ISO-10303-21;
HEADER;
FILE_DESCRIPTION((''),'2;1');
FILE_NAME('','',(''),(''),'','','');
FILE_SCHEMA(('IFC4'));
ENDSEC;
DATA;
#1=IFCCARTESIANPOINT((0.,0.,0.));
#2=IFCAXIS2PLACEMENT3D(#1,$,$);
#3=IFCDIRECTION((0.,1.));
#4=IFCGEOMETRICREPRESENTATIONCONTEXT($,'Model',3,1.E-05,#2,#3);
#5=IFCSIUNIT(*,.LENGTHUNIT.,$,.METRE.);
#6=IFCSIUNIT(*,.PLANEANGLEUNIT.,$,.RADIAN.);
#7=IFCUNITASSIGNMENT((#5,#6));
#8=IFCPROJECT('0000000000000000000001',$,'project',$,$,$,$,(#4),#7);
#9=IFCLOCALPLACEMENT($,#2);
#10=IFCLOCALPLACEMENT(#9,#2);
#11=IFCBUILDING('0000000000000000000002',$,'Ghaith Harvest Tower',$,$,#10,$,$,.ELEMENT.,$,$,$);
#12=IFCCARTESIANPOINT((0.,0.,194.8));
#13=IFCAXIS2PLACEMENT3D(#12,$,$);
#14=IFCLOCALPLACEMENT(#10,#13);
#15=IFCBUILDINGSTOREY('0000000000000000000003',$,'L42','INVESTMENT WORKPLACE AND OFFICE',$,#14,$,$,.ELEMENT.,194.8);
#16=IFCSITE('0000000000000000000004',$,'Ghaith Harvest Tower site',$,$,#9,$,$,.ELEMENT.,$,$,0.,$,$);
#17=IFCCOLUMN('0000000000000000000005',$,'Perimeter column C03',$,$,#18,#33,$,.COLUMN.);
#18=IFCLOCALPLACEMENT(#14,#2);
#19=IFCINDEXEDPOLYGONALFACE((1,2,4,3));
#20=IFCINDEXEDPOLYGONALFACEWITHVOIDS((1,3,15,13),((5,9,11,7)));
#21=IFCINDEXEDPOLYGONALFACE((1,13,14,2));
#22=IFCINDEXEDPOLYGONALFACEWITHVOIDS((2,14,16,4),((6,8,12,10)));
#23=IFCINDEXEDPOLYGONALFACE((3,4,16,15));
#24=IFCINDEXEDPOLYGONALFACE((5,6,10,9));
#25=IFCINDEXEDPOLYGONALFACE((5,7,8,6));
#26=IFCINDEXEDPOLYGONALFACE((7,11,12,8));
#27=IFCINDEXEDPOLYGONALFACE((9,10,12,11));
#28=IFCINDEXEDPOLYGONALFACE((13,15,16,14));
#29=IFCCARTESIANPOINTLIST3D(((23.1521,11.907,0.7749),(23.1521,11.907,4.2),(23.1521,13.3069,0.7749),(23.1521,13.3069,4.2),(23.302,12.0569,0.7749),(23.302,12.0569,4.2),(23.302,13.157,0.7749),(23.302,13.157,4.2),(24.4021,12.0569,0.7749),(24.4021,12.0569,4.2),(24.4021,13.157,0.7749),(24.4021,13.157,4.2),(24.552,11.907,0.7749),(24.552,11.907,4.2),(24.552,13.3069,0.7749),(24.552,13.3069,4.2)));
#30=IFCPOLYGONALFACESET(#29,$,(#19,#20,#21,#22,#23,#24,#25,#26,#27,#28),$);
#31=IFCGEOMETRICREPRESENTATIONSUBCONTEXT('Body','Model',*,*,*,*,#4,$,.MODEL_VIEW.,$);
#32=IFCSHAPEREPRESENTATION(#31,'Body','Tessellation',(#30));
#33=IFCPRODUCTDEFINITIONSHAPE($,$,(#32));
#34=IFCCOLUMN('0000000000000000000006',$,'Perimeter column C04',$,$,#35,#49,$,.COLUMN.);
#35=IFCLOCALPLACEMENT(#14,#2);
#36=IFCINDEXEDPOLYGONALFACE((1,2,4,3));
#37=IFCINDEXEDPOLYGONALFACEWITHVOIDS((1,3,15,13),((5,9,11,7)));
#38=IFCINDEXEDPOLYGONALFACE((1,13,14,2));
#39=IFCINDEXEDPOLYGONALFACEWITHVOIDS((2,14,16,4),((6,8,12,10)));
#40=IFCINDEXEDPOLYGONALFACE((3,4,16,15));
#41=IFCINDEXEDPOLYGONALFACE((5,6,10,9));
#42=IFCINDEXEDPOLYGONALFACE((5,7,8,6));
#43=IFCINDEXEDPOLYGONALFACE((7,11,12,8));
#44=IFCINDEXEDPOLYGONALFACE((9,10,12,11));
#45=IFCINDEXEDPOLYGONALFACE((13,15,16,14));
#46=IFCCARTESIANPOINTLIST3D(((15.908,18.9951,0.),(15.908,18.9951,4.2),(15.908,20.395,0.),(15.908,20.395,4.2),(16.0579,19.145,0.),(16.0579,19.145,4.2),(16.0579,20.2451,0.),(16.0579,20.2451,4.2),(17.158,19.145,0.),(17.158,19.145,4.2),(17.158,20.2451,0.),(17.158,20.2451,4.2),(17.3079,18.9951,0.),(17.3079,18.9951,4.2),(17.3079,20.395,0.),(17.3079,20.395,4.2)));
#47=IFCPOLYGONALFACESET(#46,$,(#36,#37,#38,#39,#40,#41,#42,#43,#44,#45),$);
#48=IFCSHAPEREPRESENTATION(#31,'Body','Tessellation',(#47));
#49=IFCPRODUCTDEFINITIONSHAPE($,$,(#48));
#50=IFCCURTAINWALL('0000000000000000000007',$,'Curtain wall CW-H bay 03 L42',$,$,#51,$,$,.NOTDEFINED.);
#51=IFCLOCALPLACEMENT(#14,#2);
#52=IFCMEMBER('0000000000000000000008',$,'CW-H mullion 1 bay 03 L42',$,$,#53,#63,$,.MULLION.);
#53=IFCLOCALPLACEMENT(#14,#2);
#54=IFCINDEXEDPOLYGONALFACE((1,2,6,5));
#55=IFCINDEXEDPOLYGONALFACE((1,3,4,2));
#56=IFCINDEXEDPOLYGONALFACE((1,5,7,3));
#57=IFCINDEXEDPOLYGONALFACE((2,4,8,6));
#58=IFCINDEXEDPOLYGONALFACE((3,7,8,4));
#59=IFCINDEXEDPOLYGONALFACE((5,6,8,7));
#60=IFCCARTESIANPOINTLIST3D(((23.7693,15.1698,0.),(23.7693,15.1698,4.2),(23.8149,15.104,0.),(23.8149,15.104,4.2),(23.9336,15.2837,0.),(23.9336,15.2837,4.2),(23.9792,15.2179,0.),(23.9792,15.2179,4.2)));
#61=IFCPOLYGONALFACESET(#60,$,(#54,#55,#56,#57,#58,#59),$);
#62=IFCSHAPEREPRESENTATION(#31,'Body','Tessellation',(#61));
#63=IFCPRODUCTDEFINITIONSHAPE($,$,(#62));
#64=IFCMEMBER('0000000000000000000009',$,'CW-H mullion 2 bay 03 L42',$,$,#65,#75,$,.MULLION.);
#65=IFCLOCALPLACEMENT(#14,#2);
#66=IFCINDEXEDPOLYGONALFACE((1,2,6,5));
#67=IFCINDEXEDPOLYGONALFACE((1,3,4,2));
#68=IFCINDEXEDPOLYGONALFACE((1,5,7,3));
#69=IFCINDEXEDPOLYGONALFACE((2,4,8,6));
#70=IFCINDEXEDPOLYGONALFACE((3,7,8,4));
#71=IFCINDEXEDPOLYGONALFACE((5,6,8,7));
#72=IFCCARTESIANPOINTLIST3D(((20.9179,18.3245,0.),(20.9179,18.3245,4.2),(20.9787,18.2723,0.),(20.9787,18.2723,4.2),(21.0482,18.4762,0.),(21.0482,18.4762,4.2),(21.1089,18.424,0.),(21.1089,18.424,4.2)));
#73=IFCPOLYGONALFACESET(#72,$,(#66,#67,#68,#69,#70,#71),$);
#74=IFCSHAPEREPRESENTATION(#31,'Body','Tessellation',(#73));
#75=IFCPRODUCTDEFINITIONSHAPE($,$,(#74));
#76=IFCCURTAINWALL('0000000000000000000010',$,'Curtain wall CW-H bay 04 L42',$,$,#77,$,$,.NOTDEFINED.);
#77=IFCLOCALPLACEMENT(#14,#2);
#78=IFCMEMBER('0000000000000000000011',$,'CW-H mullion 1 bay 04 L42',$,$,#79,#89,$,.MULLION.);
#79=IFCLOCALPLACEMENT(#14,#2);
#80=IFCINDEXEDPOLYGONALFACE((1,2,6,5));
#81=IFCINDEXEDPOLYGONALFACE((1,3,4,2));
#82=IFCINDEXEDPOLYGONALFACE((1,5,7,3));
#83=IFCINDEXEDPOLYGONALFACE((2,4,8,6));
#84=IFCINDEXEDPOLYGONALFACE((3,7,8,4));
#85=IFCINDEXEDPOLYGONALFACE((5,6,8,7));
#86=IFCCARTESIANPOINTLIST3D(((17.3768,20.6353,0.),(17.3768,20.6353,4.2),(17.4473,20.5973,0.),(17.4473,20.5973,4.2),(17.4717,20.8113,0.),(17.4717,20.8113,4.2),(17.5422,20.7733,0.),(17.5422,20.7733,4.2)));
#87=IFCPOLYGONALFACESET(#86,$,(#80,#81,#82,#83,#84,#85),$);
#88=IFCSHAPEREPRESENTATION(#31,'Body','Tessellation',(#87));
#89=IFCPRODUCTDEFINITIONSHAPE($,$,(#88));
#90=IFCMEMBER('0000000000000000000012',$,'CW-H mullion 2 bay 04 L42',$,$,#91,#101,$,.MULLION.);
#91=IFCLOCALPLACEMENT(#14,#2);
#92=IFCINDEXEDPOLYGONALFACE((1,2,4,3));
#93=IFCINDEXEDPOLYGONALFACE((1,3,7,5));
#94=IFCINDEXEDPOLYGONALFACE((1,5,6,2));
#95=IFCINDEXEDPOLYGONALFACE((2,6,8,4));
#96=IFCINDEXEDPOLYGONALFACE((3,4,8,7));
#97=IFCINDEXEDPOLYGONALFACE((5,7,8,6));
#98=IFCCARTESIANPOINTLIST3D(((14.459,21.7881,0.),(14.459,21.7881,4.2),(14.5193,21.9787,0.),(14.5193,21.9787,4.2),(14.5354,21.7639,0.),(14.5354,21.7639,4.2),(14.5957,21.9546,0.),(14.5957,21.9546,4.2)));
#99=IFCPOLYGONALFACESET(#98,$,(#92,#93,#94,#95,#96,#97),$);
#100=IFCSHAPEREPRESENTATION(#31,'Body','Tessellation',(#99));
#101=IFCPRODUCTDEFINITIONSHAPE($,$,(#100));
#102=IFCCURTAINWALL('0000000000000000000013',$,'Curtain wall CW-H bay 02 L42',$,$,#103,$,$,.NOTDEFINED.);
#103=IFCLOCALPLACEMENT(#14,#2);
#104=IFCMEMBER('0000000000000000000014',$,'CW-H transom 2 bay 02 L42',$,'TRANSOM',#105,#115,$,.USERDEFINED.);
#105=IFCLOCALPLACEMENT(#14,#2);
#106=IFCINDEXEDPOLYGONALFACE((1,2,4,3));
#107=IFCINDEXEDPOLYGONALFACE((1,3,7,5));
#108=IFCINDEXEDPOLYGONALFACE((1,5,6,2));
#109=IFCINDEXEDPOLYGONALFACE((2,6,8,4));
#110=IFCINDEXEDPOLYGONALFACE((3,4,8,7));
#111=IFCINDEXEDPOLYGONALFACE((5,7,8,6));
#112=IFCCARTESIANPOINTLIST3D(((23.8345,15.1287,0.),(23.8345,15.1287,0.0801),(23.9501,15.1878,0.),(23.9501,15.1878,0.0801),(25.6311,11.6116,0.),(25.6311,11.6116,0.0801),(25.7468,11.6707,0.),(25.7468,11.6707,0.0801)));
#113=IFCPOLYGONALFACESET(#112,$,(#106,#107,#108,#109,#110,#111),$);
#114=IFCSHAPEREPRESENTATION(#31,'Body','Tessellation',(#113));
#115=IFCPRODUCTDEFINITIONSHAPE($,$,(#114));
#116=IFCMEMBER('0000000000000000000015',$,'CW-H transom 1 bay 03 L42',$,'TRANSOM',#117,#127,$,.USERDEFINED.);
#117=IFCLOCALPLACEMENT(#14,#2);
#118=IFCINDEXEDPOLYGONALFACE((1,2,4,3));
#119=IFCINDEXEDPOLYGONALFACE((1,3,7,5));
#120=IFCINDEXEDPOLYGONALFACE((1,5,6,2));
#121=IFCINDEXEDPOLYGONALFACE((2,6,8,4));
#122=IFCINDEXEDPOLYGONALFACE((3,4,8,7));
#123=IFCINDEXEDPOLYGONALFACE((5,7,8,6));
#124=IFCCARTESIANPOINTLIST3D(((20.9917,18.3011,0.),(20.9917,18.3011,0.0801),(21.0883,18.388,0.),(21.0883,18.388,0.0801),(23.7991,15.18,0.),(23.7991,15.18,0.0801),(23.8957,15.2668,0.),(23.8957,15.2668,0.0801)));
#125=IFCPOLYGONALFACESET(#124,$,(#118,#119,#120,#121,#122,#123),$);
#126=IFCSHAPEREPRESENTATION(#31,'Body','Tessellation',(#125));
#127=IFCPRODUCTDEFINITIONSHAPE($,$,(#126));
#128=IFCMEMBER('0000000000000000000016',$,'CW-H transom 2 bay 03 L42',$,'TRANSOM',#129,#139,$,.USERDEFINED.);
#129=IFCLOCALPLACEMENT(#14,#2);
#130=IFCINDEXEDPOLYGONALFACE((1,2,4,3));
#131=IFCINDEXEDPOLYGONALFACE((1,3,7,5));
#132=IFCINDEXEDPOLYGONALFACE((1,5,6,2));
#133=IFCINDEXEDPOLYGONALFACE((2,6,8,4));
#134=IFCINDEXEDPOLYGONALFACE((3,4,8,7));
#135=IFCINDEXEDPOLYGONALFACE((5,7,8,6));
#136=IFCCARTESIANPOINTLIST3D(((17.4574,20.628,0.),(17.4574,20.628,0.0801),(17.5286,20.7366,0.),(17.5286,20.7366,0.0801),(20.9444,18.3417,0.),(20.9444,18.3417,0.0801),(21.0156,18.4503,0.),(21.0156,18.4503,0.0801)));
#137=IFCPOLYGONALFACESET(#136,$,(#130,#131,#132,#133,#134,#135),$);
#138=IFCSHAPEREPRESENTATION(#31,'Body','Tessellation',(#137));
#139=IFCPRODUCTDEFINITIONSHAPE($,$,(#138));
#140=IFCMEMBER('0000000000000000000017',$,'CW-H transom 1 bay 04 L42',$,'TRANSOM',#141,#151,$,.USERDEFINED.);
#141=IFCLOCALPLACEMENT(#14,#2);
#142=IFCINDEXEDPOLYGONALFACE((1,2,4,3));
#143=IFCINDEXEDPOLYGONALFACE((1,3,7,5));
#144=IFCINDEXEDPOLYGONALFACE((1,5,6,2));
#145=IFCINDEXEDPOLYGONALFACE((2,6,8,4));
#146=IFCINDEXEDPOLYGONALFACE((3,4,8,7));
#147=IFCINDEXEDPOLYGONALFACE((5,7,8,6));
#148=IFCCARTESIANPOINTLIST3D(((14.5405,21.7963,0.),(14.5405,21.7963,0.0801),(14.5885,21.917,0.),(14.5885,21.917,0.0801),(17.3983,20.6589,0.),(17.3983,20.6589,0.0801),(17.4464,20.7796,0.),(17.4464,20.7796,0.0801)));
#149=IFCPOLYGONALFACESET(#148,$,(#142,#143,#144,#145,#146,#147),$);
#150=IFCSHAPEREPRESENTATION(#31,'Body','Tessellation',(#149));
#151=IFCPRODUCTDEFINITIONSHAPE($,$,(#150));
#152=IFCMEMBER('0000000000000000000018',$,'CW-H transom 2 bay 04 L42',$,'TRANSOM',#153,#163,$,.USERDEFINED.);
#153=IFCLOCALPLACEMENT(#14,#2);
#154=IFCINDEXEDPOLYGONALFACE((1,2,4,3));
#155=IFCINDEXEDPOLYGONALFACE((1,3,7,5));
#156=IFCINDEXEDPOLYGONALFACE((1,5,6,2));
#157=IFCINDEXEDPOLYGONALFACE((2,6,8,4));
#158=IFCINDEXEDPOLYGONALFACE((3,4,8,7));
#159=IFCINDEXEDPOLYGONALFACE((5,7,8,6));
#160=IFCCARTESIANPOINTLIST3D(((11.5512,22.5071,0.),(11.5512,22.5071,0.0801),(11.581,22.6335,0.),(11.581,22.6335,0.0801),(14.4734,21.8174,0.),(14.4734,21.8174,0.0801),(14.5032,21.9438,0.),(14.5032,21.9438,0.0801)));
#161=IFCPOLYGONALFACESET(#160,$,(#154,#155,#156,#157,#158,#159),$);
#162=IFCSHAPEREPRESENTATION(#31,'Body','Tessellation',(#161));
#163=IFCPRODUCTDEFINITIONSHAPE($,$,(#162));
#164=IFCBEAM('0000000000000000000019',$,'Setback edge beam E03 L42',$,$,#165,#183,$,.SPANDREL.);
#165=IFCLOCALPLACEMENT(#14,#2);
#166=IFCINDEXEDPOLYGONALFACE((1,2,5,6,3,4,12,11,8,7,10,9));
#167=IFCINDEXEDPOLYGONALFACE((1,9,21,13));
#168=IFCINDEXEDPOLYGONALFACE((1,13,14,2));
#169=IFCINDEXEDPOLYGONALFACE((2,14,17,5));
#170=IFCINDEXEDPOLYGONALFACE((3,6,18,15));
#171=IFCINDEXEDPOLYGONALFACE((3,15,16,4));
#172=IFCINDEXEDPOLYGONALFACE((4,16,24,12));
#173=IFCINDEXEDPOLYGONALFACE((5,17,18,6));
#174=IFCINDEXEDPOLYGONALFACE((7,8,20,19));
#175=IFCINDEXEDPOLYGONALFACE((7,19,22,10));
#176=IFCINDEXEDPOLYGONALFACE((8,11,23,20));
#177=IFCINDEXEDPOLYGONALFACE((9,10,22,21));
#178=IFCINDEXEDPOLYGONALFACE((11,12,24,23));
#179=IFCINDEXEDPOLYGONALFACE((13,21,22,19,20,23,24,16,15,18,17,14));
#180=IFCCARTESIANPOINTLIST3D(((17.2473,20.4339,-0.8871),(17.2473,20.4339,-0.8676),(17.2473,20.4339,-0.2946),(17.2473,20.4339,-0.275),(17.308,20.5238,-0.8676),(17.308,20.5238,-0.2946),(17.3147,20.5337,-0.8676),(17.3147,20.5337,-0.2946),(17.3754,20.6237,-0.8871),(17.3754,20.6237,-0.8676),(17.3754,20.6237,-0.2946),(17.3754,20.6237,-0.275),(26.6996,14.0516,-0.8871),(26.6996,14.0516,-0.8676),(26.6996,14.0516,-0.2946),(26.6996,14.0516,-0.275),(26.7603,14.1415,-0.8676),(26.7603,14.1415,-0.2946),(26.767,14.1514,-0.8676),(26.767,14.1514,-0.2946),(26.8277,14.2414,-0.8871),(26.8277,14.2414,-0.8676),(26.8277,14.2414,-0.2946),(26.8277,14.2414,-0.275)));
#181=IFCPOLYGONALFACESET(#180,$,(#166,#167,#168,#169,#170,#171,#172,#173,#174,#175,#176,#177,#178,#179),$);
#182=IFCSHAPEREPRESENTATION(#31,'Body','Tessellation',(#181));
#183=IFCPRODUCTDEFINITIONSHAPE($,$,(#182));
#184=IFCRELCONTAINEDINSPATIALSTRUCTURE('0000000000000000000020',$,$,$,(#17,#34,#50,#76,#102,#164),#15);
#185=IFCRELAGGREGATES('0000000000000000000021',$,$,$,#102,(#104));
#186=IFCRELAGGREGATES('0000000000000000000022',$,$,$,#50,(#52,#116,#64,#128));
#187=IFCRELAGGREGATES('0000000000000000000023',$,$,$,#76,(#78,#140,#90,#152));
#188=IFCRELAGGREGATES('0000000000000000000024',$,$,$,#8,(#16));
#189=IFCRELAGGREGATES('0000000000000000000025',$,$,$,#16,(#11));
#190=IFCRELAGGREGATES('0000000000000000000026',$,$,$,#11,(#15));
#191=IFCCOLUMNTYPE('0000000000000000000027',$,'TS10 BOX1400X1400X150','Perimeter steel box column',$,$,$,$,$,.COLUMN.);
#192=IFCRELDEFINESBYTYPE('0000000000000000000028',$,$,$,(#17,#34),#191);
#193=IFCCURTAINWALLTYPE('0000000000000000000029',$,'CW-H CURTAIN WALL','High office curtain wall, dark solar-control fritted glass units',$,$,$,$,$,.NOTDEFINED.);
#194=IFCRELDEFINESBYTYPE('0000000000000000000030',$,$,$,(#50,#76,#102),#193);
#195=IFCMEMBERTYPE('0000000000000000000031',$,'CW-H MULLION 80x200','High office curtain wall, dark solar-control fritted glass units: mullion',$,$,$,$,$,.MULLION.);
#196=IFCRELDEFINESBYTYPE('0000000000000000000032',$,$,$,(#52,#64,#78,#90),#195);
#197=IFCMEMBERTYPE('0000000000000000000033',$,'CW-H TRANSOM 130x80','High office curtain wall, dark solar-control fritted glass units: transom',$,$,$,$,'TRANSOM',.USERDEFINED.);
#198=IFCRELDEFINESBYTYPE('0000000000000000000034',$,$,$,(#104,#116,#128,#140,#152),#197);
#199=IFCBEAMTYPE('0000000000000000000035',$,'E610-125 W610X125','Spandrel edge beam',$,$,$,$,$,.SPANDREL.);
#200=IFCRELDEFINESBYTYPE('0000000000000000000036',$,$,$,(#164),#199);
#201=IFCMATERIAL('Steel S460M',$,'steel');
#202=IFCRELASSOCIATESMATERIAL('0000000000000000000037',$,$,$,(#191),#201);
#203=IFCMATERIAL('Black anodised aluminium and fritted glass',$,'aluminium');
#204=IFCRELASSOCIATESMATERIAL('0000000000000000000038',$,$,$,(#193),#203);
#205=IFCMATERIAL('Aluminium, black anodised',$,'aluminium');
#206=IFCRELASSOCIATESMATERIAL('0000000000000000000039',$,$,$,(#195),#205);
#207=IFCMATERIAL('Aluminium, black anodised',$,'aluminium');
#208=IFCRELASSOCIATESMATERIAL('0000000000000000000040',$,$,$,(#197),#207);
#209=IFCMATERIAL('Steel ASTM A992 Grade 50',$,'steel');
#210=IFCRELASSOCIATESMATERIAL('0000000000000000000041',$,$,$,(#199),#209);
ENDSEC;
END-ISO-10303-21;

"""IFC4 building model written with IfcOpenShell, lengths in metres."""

from ifc_helpers import new_model, si_unit, direction, frame, origin, origin_2d, place, context, subcontext, project, spatial, rectangle, hollow_rectangle, i_section, extrude, material, material_profile, profile_set, type_object, element, aggregate, save


model = new_model("IFC4")

# Units and contexts
model_context = context("Model", 3, precision=1e-05, world=origin(), true_north=direction((0.0, 1.0)))
body_context = subcontext(model_context, "Body", "Model", "MODEL_VIEW")
ifc_project = project(units=[si_unit("LENGTHUNIT", "METRE"), si_unit("PLANEANGLEUNIT", "RADIAN")], contexts=[model_context])

# Site, building, storey
site_placement = place(None, origin())
site = spatial("IfcSite", under=ifc_project, at=site_placement, Name="Ghaith Harvest Tower site", CompositionType="ELEMENT", RefElevation=0.0)
building_placement = place(site_placement, origin())
building = spatial("IfcBuilding", under=site, at=building_placement, Name="Ghaith Harvest Tower", CompositionType="ELEMENT")
storey_placement = place(building_placement, frame((0.0, 0.0, 194.8)))
storey = spatial("IfcBuildingStorey", under=building, at=storey_placement, Name="L42", Description="INVESTMENT WORKPLACE AND OFFICE", CompositionType="ELEMENT", Elevation=194.8)

# Columns
ifc_material_1 = material(Name="Steel S460M", Category="steel")
ifc_material_profile_1 = material_profile(ifc_material_1, hollow_rectangle(XDim=1.3999, YDim=1.3999, WallThickness=0.1499, at=origin_2d()), Name="BOX1400X1400X150")
ifc_profile_set_1 = profile_set([ifc_material_profile_1], Name="Steel S460M")
column_type = type_object("IfcColumnType", Name="TS10 BOX1400X1400X150", Description="Perimeter steel box column", PredefinedType="COLUMN", material=ifc_profile_set_1)
column_1_placement = place(storey_placement, frame((23.8521, 12.6069, 0.7749), z_axis=(0.0, 0.0, 1.0), x_axis=(1.0, 0.0, 0.0)))
element("IfcColumn", 1, at=column_1_placement, inside=storey, type_object=column_type, Name="Perimeter column C03", PredefinedType="COLUMN", context=body_context, shape_type="SweptSolid", body=[
    extrude(hollow_rectangle(XDim=1.3999, YDim=1.3999, WallThickness=0.1499, at=origin_2d()), origin(), (0.0, 0.0, 1.0), 3.425),
])
column_2_placement = place(storey_placement, frame((16.6079, 19.6951, 0.0), z_axis=(0.0, 0.0, 1.0), x_axis=(1.0, 0.0, 0.0)))
element("IfcColumn", 2, at=column_2_placement, inside=storey, type_object=column_type, Name="Perimeter column C04", PredefinedType="COLUMN", context=body_context, shape_type="SweptSolid", body=[
    extrude(hollow_rectangle(XDim=1.3999, YDim=1.3999, WallThickness=0.1499, at=origin_2d()), origin(), (0.0, 0.0, 1.0), 4.2),
])

# Curtain walls, members
ifc_material_2 = material(Name="Black anodised aluminium and fritted glass", Category="aluminium")
curtain_wall_type = type_object("IfcCurtainWallType", Name="CW-H CURTAIN WALL", Description="High office curtain wall, dark solar-control fritted glass units", PredefinedType="NOTDEFINED", material=ifc_material_2)
curtain_wall_1_placement = place(storey_placement, origin())
curtain_wall_1 = element("IfcCurtainWall", 3, at=curtain_wall_1_placement, inside=storey, type_object=curtain_wall_type, Name="Curtain wall CW-H bay 03 L42", PredefinedType="NOTDEFINED")
ifc_material_3 = material(Name="Aluminium, black anodised", Category="aluminium")
ifc_material_profile_2 = material_profile(ifc_material_3, rectangle(XDim=0.0801, YDim=0.2, at=origin_2d()), Name="CW-H MULLION 80x200")
ifc_profile_set_2 = profile_set([ifc_material_profile_2], Name="Aluminium, black anodised")
member_type_1 = type_object("IfcMemberType", Name="CW-H MULLION 80x200", Description="High office curtain wall, dark solar-control fritted glass units: mullion", PredefinedType="MULLION", material=ifc_profile_set_2)
member_1_placement = place(storey_placement, frame((23.8743, 15.1938, 0.0), z_axis=(0.0, 0.0, 1.0), x_axis=(-0.569847, 0.821751, 0.0)))
member_1 = element("IfcMember", 4, at=member_1_placement, type_object=member_type_1, Name="CW-H mullion 1 bay 03 L42", PredefinedType="MULLION", context=body_context, shape_type="SweptSolid", body=[
    extrude(rectangle(XDim=0.0801, YDim=0.2, at=origin_2d()), origin(), (0.0, 0.0, 1.0), 4.2),
])
member_2_placement = place(storey_placement, frame((21.0134, 18.3743, 0.0), z_axis=(0.0, 0.0, 1.0), x_axis=(-0.758541, 0.651625, 0.0)))
member_2 = element("IfcMember", 5, at=member_2_placement, type_object=member_type_1, Name="CW-H mullion 2 bay 03 L42", PredefinedType="MULLION", context=body_context, shape_type="SweptSolid", body=[
    extrude(rectangle(XDim=0.0801, YDim=0.2, at=origin_2d()), origin(), (0.0, 0.0, 1.0), 4.2),
])
curtain_wall_2_placement = place(storey_placement, origin())
curtain_wall_2 = element("IfcCurtainWall", 6, at=curtain_wall_2_placement, inside=storey, type_object=curtain_wall_type, Name="Curtain wall CW-H bay 04 L42", PredefinedType="NOTDEFINED")
member_3_placement = place(storey_placement, frame((17.4595, 20.7043, 0.0), z_axis=(0.0, 0.0, 1.0), x_axis=(-0.880203, 0.474597, 0.0)))
member_3 = element("IfcMember", 7, at=member_3_placement, type_object=member_type_1, Name="CW-H mullion 1 bay 04 L42", PredefinedType="MULLION", context=body_context, shape_type="SweptSolid", body=[
    extrude(rectangle(XDim=0.0801, YDim=0.2, at=origin_2d()), origin(), (0.0, 0.0, 1.0), 4.2),
])
member_4_placement = place(storey_placement, frame((14.5273, 21.8713, 0.0), z_axis=(0.0, 0.0, 1.0), x_axis=(-0.953503, 0.301384, 0.0)))
member_4 = element("IfcMember", 8, at=member_4_placement, type_object=member_type_1, Name="CW-H mullion 2 bay 04 L42", PredefinedType="MULLION", context=body_context, shape_type="SweptSolid", body=[
    extrude(rectangle(XDim=0.0801, YDim=0.2, at=origin_2d()), origin(), (0.0, 0.0, 1.0), 4.2),
])

# Curtain wall, member
curtain_wall_3_placement = place(storey_placement, origin())
curtain_wall_3 = element("IfcCurtainWall", 9, at=curtain_wall_3_placement, inside=storey, type_object=curtain_wall_type, Name="Curtain wall CW-H bay 02 L42", PredefinedType="NOTDEFINED")
ifc_material_4 = material(Name="Aluminium, black anodised", Category="aluminium")
ifc_material_profile_3 = material_profile(ifc_material_4, rectangle(XDim=0.1299, YDim=0.0801, at=origin_2d()), Name="CW-H TRANSOM 130x80")
ifc_profile_set_3 = profile_set([ifc_material_profile_3], Name="Aluminium, black anodised")
member_type_2 = type_object("IfcMemberType", Name="CW-H TRANSOM 130x80", Description="High office curtain wall, dark solar-control fritted glass units: transom", ElementType="TRANSOM", PredefinedType="USERDEFINED", material=ifc_profile_set_3)
member_5_placement = place(storey_placement, frame((25.689, 11.6411, 0.04), z_axis=(-0.454912, 0.890537, 0.0), x_axis=(-0.890537, -0.454912, 0.0)))
member_5 = element("IfcMember", 10, at=member_5_placement, type_object=member_type_2, Name="CW-H transom 2 bay 02 L42", ObjectType="TRANSOM", PredefinedType="USERDEFINED", context=body_context, shape_type="SweptSolid", body=[
    extrude(rectangle(XDim=0.1299, YDim=0.0801, at=origin_2d()), origin(), (0.0, 0.0, 1.0), 3.9495),
])

# Members
member_6_placement = place(storey_placement, frame((23.8474, 15.2234, 0.04), z_axis=(-0.668753, 0.743485, 0.0), x_axis=(-0.743485, -0.668753, 0.0)))
member_6 = element("IfcMember", 11, at=member_6_placement, type_object=member_type_2, Name="CW-H transom 1 bay 03 L42", ObjectType="TRANSOM", PredefinedType="USERDEFINED", context=body_context, shape_type="SweptSolid", body=[
    extrude(rectangle(XDim=0.1299, YDim=0.0801, at=origin_2d()), origin(), (0.0, 0.0, 1.0), 4.198),
])
member_7_placement = place(storey_placement, frame((20.98, 18.396, 0.04), z_axis=(-0.836269, 0.54832, 0.0), x_axis=(-0.54832, -0.836269, 0.0)))
member_7 = element("IfcMember", 12, at=member_7_placement, type_object=member_type_2, Name="CW-H transom 2 bay 03 L42", ObjectType="TRANSOM", PredefinedType="USERDEFINED", context=body_context, shape_type="SweptSolid", body=[
    extrude(rectangle(XDim=0.1299, YDim=0.0801, at=origin_2d()), origin(), (0.0, 0.0, 1.0), 4.1697),
])
member_8_placement = place(storey_placement, frame((17.4224, 20.7192, 0.04), z_axis=(-0.929116, 0.369789, 0.0), x_axis=(-0.369789, -0.929116, 0.0)))
member_8 = element("IfcMember", 13, at=member_8_placement, type_object=member_type_2, Name="CW-H transom 1 bay 04 L42", ObjectType="TRANSOM", PredefinedType="USERDEFINED", context=body_context, shape_type="SweptSolid", body=[
    extrude(rectangle(XDim=0.1299, YDim=0.0801, at=origin_2d()), origin(), (0.0, 0.0, 1.0), 3.0759),
])
member_9_placement = place(storey_placement, frame((14.4883, 21.8806, 0.04), z_axis=(-0.973258, 0.229715, 0.0), x_axis=(-0.229715, -0.973258, 0.0)))
member_9 = element("IfcMember", 14, at=member_9_placement, type_object=member_type_2, Name="CW-H transom 2 bay 04 L42", ObjectType="TRANSOM", PredefinedType="USERDEFINED", context=body_context, shape_type="SweptSolid", body=[
    extrude(rectangle(XDim=0.1299, YDim=0.0801, at=origin_2d()), origin(), (0.0, 0.0, 1.0), 3.0024),
])

# Beam
ifc_material_5 = material(Name="Steel ASTM A992 Grade 50", Category="steel")
ifc_material_profile_4 = material_profile(ifc_material_5, i_section(OverallWidth=0.229, OverallDepth=0.6121, WebThickness=0.012, FlangeThickness=0.0195, at=origin_2d()), Name="W610X125")
ifc_profile_set_4 = profile_set([ifc_material_profile_4], Name="Steel ASTM A992 Grade 50")
beam_type_1 = type_object("IfcBeamType", Name="E610-125 W610X125", Description="Spandrel edge beam", PredefinedType="SPANDREL", material=ifc_profile_set_4)
beam_1_placement = place(storey_placement, frame((26.7637, 14.1465, -0.5811), z_axis=(-0.828769, 0.559591, 0.0), x_axis=(-0.559591, -0.828769, 0.0)))
element("IfcBeam", 15, at=beam_1_placement, inside=storey, type_object=beam_type_1, Name="Setback edge beam E03 L42", PredefinedType="SPANDREL", context=body_context, shape_type="SweptSolid", body=[
    extrude(i_section(OverallWidth=0.229, OverallDepth=0.6121, WebThickness=0.012, FlangeThickness=0.0195, at=origin_2d()), origin(), (0.0, 0.0, 1.0), 11.4053),
])

aggregate(curtain_wall_3, [member_5])
aggregate(curtain_wall_1, [member_1, member_6, member_2, member_7])
aggregate(curtain_wall_2, [member_3, member_8, member_4, member_9])

save(model, "model.ifc")
